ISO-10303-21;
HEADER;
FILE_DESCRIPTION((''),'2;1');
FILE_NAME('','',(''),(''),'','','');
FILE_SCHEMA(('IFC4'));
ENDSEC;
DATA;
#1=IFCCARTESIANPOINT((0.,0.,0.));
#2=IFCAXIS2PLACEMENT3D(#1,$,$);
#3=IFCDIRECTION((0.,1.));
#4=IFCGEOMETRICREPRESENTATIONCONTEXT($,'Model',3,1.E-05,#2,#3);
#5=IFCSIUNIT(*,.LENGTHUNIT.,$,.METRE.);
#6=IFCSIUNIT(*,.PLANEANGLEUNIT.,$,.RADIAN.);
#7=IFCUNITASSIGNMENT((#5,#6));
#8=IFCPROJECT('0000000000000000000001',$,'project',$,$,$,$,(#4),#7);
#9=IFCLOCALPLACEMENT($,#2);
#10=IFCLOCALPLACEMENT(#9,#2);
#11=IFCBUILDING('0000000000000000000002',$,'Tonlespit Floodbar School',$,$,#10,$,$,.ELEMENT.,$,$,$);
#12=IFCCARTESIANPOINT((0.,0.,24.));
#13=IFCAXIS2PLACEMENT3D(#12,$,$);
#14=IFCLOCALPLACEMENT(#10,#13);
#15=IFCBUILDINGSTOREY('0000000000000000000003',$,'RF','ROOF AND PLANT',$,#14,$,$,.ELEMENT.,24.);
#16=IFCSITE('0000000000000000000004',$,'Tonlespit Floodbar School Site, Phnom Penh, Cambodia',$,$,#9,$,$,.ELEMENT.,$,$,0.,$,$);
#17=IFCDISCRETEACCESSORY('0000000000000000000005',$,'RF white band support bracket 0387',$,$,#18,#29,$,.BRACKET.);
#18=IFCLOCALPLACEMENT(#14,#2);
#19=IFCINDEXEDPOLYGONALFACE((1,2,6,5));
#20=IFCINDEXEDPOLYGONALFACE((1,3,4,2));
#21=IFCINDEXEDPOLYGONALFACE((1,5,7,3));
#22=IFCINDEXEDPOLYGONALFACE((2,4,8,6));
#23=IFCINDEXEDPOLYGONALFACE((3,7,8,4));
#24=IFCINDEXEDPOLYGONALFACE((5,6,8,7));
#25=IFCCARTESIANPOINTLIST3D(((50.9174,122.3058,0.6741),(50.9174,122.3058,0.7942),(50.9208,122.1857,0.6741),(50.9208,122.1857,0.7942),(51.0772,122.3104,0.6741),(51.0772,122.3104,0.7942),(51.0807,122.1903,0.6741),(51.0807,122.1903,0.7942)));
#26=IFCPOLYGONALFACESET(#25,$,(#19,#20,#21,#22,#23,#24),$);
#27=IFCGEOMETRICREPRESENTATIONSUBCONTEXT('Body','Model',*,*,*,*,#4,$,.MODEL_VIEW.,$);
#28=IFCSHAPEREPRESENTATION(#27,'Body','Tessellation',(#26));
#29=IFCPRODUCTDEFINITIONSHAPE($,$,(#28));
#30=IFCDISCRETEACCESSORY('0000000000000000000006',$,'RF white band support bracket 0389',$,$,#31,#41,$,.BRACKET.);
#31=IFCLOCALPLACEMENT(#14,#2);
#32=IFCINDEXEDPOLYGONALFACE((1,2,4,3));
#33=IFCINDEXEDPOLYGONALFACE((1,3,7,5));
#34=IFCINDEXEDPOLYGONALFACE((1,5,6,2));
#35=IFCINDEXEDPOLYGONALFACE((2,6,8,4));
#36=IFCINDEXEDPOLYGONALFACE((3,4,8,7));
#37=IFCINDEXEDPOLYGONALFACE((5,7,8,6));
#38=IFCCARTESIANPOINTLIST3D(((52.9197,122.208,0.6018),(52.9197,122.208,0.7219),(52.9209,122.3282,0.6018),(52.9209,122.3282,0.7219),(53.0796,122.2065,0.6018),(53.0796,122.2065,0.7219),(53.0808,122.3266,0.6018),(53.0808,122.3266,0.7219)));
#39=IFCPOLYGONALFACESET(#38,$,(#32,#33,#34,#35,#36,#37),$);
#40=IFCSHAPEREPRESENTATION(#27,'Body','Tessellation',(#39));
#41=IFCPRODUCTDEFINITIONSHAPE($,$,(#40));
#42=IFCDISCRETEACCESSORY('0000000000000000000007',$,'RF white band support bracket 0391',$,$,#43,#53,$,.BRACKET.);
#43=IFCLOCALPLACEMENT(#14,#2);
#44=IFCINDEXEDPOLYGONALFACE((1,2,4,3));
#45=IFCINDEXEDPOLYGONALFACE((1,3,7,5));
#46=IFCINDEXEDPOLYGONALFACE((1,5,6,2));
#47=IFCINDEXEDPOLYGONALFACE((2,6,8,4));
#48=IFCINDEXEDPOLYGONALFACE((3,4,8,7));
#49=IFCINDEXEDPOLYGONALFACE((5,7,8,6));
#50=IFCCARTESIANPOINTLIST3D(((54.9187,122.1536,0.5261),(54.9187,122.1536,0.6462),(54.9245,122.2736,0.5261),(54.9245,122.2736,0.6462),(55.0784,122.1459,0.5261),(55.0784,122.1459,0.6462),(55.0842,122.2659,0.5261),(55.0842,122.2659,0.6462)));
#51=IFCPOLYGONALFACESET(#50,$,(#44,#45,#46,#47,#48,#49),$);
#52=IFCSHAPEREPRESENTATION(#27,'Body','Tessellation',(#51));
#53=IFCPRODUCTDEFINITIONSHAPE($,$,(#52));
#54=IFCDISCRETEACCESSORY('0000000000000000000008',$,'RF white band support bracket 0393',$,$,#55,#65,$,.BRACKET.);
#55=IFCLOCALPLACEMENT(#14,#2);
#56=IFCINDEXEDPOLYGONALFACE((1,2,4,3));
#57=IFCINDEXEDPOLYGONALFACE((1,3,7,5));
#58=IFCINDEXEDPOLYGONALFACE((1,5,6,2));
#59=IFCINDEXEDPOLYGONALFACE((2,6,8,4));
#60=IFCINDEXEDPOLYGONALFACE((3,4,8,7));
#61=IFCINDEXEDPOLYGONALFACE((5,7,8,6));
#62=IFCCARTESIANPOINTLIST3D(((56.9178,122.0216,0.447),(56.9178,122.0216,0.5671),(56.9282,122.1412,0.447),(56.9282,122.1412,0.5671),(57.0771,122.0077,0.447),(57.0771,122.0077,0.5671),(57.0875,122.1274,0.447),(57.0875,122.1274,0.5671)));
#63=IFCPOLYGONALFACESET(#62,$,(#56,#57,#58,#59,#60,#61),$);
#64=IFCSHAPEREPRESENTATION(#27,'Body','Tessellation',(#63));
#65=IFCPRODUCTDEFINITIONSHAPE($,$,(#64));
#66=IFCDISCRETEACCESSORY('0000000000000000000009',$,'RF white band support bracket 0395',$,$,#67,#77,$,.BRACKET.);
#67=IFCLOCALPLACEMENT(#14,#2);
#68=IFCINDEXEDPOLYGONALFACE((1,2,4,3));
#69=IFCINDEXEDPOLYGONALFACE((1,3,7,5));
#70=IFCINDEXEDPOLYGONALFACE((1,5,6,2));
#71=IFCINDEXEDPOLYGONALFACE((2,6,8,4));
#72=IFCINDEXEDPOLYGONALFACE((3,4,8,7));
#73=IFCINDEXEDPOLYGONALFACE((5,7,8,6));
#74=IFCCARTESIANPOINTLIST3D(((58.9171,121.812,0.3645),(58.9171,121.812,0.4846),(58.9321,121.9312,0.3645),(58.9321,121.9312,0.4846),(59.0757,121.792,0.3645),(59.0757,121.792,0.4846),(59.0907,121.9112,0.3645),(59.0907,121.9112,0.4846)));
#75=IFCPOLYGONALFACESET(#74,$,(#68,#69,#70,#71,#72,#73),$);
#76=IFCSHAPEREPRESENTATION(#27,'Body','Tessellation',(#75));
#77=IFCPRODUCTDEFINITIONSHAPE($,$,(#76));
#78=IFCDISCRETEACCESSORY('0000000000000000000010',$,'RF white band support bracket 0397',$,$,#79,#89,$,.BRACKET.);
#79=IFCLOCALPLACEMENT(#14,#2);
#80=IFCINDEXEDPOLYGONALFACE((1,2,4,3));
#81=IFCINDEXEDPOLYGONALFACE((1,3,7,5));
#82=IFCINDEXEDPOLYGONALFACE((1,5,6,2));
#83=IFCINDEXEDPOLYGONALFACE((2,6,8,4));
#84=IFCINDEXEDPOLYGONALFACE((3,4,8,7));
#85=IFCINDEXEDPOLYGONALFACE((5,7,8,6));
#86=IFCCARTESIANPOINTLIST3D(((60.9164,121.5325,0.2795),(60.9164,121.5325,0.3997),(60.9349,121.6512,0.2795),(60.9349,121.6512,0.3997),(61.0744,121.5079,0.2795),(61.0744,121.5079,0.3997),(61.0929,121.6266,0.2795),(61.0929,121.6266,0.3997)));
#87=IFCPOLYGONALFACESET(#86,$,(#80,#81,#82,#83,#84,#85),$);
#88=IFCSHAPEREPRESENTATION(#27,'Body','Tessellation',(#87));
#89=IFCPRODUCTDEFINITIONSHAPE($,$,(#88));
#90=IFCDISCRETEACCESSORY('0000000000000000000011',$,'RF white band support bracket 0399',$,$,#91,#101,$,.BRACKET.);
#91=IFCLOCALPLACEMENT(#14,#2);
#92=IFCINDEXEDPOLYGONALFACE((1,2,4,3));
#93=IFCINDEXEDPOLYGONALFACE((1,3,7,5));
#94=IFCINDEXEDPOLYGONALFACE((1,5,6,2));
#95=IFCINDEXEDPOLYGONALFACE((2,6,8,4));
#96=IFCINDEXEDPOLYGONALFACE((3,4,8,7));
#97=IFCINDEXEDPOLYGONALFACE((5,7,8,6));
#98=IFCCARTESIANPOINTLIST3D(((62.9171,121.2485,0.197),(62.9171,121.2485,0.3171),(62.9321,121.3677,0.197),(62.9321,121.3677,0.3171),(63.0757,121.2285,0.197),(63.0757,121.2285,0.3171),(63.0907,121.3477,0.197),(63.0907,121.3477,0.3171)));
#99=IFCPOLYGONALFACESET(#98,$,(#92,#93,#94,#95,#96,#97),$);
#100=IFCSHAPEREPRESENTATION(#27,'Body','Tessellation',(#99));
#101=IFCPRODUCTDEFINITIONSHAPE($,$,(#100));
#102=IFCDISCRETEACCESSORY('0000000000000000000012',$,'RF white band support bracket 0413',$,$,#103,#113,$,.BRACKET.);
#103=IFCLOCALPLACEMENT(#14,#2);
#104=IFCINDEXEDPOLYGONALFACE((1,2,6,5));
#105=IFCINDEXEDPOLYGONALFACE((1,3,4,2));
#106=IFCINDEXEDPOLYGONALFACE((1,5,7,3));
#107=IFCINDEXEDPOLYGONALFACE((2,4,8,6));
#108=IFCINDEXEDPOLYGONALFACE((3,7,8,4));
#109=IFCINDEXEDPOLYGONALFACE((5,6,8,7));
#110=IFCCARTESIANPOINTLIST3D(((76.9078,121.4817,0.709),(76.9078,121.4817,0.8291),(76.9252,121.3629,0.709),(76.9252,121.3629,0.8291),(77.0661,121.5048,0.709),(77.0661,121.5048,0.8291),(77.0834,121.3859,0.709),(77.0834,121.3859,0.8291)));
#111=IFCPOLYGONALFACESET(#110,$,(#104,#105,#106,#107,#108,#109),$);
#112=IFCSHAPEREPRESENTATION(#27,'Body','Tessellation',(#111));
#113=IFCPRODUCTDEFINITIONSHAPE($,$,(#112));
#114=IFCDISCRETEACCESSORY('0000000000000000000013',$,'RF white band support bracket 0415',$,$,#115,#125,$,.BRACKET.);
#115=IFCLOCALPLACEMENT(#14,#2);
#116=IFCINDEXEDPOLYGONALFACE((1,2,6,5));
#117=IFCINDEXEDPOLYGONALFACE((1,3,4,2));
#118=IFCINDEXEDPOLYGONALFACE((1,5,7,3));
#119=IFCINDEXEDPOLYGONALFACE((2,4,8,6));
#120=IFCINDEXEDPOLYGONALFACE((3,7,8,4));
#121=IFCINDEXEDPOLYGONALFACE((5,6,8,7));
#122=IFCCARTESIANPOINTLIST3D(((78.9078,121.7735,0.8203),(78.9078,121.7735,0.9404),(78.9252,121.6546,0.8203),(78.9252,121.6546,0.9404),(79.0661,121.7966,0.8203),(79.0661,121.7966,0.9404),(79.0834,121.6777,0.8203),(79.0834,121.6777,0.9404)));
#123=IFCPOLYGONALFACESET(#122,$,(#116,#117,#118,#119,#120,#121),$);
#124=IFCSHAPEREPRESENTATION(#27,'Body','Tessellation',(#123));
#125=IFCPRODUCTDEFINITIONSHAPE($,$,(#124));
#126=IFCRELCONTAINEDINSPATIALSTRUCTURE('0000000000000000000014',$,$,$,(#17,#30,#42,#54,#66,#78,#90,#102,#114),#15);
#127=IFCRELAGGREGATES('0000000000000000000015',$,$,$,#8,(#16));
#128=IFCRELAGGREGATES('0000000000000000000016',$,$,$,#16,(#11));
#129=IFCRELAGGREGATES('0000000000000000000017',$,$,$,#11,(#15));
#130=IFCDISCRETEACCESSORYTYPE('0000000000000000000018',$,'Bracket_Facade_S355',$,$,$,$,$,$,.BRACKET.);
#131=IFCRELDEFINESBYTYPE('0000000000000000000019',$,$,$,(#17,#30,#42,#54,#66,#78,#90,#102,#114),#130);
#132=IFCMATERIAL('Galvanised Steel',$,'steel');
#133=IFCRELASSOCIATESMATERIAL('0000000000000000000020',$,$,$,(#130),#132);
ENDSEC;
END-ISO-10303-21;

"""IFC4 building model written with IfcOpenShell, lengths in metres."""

from ifc_helpers import new_model, si_unit, direction, frame, origin, origin_2d, place, context, subcontext, project, spatial, rectangle, extrude, material, type_object, element, save


model = new_model("IFC4")

# Units and contexts
model_context = context("Model", 3, precision=1e-05, world=origin(), true_north=direction((0.0, 1.0)))
body_context = subcontext(model_context, "Body", "Model", "MODEL_VIEW")
ifc_project = project(units=[si_unit("LENGTHUNIT", "METRE"), si_unit("PLANEANGLEUNIT", "RADIAN")], contexts=[model_context])

# Site, building, storey
site_placement = place(None, origin())
site = spatial("IfcSite", under=ifc_project, at=site_placement, Name="Tonlespit Floodbar School Site, Phnom Penh, Cambodia", CompositionType="ELEMENT", RefElevation=0.0)
building_placement = place(site_placement, origin())
building = spatial("IfcBuilding", under=site, at=building_placement, Name="Tonlespit Floodbar School", CompositionType="ELEMENT")
storey_placement = place(building_placement, frame((0.0, 0.0, 24.0)))
storey = spatial("IfcBuildingStorey", under=building, at=storey_placement, Name="RF", Description="ROOF AND PLANT", CompositionType="ELEMENT", Elevation=24.0)

# Discrete accessories
ifc_material_1 = material(Name="Galvanised Steel", Category="steel")
discrete_accessory_type = type_object("IfcDiscreteAccessoryType", Name="Bracket_Facade_S355", PredefinedType="BRACKET", material=ifc_material_1)
for number, where, z_axis, x_axis, name in (
    (1, (50.999, 122.248, 0.6741), (0.0, 0.0, 1.0), (0.999584, 0.028838, 0.0), "RF white band support bracket 0387"),
    (2, (53.0002, 122.2673, 0.6018), (0.0, 0.0, 1.0), (0.999954, -0.009599, 0.0), "RF white band support bracket 0389"),
    (3, (55.0015, 122.2097, 0.5261), (0.0, 0.0, 1.0), (0.998843, -0.048095, 0.0), "RF white band support bracket 0391"),
    (4, (57.0027, 122.0745, 0.447), (0.0, 0.0, 1.0), (0.996245, -0.086573, 0.0), "RF white band support bracket 0393"),
    (5, (59.0039, 121.8616, 0.3645), (0.0, 0.0, 1.0), (0.992155, -0.125011, 0.0), "RF white band support bracket 0395"),
    (6, (61.0046, 121.5796, 0.2795), (0.0, 0.0, 1.0), (0.988095, -0.153846, 0.0), "RF white band support bracket 0397"),
    (7, (63.0039, 121.2981, 0.197), (0.0, 0.0, 1.0), (0.992155, -0.125011, 0.0), "RF white band support bracket 0399"),
    (8, (76.9956, 121.4338, 0.709), (0.0, 0.0, 1.0), (0.989538, 0.144275, 0.0), "RF white band support bracket 0413"),
    (9, (78.9956, 121.7256, 0.8203), (0.0, 0.0, 1.0), (0.989538, 0.144275, 0.0), "RF white band support bracket 0415"),
):
    element("IfcDiscreteAccessory", number, at=place(storey_placement, frame(where, z_axis=z_axis, x_axis=x_axis)), inside=storey, type_object=discrete_accessory_type, Name=name, PredefinedType="BRACKET", context=body_context, shape_type="SweptSolid", body=[
        extrude(rectangle(XDim=0.1599, YDim=0.1201, at=origin_2d()), origin(), (0.0, 0.0, 1.0), 0.1201),
    ])

save(model, "model.ifc")
